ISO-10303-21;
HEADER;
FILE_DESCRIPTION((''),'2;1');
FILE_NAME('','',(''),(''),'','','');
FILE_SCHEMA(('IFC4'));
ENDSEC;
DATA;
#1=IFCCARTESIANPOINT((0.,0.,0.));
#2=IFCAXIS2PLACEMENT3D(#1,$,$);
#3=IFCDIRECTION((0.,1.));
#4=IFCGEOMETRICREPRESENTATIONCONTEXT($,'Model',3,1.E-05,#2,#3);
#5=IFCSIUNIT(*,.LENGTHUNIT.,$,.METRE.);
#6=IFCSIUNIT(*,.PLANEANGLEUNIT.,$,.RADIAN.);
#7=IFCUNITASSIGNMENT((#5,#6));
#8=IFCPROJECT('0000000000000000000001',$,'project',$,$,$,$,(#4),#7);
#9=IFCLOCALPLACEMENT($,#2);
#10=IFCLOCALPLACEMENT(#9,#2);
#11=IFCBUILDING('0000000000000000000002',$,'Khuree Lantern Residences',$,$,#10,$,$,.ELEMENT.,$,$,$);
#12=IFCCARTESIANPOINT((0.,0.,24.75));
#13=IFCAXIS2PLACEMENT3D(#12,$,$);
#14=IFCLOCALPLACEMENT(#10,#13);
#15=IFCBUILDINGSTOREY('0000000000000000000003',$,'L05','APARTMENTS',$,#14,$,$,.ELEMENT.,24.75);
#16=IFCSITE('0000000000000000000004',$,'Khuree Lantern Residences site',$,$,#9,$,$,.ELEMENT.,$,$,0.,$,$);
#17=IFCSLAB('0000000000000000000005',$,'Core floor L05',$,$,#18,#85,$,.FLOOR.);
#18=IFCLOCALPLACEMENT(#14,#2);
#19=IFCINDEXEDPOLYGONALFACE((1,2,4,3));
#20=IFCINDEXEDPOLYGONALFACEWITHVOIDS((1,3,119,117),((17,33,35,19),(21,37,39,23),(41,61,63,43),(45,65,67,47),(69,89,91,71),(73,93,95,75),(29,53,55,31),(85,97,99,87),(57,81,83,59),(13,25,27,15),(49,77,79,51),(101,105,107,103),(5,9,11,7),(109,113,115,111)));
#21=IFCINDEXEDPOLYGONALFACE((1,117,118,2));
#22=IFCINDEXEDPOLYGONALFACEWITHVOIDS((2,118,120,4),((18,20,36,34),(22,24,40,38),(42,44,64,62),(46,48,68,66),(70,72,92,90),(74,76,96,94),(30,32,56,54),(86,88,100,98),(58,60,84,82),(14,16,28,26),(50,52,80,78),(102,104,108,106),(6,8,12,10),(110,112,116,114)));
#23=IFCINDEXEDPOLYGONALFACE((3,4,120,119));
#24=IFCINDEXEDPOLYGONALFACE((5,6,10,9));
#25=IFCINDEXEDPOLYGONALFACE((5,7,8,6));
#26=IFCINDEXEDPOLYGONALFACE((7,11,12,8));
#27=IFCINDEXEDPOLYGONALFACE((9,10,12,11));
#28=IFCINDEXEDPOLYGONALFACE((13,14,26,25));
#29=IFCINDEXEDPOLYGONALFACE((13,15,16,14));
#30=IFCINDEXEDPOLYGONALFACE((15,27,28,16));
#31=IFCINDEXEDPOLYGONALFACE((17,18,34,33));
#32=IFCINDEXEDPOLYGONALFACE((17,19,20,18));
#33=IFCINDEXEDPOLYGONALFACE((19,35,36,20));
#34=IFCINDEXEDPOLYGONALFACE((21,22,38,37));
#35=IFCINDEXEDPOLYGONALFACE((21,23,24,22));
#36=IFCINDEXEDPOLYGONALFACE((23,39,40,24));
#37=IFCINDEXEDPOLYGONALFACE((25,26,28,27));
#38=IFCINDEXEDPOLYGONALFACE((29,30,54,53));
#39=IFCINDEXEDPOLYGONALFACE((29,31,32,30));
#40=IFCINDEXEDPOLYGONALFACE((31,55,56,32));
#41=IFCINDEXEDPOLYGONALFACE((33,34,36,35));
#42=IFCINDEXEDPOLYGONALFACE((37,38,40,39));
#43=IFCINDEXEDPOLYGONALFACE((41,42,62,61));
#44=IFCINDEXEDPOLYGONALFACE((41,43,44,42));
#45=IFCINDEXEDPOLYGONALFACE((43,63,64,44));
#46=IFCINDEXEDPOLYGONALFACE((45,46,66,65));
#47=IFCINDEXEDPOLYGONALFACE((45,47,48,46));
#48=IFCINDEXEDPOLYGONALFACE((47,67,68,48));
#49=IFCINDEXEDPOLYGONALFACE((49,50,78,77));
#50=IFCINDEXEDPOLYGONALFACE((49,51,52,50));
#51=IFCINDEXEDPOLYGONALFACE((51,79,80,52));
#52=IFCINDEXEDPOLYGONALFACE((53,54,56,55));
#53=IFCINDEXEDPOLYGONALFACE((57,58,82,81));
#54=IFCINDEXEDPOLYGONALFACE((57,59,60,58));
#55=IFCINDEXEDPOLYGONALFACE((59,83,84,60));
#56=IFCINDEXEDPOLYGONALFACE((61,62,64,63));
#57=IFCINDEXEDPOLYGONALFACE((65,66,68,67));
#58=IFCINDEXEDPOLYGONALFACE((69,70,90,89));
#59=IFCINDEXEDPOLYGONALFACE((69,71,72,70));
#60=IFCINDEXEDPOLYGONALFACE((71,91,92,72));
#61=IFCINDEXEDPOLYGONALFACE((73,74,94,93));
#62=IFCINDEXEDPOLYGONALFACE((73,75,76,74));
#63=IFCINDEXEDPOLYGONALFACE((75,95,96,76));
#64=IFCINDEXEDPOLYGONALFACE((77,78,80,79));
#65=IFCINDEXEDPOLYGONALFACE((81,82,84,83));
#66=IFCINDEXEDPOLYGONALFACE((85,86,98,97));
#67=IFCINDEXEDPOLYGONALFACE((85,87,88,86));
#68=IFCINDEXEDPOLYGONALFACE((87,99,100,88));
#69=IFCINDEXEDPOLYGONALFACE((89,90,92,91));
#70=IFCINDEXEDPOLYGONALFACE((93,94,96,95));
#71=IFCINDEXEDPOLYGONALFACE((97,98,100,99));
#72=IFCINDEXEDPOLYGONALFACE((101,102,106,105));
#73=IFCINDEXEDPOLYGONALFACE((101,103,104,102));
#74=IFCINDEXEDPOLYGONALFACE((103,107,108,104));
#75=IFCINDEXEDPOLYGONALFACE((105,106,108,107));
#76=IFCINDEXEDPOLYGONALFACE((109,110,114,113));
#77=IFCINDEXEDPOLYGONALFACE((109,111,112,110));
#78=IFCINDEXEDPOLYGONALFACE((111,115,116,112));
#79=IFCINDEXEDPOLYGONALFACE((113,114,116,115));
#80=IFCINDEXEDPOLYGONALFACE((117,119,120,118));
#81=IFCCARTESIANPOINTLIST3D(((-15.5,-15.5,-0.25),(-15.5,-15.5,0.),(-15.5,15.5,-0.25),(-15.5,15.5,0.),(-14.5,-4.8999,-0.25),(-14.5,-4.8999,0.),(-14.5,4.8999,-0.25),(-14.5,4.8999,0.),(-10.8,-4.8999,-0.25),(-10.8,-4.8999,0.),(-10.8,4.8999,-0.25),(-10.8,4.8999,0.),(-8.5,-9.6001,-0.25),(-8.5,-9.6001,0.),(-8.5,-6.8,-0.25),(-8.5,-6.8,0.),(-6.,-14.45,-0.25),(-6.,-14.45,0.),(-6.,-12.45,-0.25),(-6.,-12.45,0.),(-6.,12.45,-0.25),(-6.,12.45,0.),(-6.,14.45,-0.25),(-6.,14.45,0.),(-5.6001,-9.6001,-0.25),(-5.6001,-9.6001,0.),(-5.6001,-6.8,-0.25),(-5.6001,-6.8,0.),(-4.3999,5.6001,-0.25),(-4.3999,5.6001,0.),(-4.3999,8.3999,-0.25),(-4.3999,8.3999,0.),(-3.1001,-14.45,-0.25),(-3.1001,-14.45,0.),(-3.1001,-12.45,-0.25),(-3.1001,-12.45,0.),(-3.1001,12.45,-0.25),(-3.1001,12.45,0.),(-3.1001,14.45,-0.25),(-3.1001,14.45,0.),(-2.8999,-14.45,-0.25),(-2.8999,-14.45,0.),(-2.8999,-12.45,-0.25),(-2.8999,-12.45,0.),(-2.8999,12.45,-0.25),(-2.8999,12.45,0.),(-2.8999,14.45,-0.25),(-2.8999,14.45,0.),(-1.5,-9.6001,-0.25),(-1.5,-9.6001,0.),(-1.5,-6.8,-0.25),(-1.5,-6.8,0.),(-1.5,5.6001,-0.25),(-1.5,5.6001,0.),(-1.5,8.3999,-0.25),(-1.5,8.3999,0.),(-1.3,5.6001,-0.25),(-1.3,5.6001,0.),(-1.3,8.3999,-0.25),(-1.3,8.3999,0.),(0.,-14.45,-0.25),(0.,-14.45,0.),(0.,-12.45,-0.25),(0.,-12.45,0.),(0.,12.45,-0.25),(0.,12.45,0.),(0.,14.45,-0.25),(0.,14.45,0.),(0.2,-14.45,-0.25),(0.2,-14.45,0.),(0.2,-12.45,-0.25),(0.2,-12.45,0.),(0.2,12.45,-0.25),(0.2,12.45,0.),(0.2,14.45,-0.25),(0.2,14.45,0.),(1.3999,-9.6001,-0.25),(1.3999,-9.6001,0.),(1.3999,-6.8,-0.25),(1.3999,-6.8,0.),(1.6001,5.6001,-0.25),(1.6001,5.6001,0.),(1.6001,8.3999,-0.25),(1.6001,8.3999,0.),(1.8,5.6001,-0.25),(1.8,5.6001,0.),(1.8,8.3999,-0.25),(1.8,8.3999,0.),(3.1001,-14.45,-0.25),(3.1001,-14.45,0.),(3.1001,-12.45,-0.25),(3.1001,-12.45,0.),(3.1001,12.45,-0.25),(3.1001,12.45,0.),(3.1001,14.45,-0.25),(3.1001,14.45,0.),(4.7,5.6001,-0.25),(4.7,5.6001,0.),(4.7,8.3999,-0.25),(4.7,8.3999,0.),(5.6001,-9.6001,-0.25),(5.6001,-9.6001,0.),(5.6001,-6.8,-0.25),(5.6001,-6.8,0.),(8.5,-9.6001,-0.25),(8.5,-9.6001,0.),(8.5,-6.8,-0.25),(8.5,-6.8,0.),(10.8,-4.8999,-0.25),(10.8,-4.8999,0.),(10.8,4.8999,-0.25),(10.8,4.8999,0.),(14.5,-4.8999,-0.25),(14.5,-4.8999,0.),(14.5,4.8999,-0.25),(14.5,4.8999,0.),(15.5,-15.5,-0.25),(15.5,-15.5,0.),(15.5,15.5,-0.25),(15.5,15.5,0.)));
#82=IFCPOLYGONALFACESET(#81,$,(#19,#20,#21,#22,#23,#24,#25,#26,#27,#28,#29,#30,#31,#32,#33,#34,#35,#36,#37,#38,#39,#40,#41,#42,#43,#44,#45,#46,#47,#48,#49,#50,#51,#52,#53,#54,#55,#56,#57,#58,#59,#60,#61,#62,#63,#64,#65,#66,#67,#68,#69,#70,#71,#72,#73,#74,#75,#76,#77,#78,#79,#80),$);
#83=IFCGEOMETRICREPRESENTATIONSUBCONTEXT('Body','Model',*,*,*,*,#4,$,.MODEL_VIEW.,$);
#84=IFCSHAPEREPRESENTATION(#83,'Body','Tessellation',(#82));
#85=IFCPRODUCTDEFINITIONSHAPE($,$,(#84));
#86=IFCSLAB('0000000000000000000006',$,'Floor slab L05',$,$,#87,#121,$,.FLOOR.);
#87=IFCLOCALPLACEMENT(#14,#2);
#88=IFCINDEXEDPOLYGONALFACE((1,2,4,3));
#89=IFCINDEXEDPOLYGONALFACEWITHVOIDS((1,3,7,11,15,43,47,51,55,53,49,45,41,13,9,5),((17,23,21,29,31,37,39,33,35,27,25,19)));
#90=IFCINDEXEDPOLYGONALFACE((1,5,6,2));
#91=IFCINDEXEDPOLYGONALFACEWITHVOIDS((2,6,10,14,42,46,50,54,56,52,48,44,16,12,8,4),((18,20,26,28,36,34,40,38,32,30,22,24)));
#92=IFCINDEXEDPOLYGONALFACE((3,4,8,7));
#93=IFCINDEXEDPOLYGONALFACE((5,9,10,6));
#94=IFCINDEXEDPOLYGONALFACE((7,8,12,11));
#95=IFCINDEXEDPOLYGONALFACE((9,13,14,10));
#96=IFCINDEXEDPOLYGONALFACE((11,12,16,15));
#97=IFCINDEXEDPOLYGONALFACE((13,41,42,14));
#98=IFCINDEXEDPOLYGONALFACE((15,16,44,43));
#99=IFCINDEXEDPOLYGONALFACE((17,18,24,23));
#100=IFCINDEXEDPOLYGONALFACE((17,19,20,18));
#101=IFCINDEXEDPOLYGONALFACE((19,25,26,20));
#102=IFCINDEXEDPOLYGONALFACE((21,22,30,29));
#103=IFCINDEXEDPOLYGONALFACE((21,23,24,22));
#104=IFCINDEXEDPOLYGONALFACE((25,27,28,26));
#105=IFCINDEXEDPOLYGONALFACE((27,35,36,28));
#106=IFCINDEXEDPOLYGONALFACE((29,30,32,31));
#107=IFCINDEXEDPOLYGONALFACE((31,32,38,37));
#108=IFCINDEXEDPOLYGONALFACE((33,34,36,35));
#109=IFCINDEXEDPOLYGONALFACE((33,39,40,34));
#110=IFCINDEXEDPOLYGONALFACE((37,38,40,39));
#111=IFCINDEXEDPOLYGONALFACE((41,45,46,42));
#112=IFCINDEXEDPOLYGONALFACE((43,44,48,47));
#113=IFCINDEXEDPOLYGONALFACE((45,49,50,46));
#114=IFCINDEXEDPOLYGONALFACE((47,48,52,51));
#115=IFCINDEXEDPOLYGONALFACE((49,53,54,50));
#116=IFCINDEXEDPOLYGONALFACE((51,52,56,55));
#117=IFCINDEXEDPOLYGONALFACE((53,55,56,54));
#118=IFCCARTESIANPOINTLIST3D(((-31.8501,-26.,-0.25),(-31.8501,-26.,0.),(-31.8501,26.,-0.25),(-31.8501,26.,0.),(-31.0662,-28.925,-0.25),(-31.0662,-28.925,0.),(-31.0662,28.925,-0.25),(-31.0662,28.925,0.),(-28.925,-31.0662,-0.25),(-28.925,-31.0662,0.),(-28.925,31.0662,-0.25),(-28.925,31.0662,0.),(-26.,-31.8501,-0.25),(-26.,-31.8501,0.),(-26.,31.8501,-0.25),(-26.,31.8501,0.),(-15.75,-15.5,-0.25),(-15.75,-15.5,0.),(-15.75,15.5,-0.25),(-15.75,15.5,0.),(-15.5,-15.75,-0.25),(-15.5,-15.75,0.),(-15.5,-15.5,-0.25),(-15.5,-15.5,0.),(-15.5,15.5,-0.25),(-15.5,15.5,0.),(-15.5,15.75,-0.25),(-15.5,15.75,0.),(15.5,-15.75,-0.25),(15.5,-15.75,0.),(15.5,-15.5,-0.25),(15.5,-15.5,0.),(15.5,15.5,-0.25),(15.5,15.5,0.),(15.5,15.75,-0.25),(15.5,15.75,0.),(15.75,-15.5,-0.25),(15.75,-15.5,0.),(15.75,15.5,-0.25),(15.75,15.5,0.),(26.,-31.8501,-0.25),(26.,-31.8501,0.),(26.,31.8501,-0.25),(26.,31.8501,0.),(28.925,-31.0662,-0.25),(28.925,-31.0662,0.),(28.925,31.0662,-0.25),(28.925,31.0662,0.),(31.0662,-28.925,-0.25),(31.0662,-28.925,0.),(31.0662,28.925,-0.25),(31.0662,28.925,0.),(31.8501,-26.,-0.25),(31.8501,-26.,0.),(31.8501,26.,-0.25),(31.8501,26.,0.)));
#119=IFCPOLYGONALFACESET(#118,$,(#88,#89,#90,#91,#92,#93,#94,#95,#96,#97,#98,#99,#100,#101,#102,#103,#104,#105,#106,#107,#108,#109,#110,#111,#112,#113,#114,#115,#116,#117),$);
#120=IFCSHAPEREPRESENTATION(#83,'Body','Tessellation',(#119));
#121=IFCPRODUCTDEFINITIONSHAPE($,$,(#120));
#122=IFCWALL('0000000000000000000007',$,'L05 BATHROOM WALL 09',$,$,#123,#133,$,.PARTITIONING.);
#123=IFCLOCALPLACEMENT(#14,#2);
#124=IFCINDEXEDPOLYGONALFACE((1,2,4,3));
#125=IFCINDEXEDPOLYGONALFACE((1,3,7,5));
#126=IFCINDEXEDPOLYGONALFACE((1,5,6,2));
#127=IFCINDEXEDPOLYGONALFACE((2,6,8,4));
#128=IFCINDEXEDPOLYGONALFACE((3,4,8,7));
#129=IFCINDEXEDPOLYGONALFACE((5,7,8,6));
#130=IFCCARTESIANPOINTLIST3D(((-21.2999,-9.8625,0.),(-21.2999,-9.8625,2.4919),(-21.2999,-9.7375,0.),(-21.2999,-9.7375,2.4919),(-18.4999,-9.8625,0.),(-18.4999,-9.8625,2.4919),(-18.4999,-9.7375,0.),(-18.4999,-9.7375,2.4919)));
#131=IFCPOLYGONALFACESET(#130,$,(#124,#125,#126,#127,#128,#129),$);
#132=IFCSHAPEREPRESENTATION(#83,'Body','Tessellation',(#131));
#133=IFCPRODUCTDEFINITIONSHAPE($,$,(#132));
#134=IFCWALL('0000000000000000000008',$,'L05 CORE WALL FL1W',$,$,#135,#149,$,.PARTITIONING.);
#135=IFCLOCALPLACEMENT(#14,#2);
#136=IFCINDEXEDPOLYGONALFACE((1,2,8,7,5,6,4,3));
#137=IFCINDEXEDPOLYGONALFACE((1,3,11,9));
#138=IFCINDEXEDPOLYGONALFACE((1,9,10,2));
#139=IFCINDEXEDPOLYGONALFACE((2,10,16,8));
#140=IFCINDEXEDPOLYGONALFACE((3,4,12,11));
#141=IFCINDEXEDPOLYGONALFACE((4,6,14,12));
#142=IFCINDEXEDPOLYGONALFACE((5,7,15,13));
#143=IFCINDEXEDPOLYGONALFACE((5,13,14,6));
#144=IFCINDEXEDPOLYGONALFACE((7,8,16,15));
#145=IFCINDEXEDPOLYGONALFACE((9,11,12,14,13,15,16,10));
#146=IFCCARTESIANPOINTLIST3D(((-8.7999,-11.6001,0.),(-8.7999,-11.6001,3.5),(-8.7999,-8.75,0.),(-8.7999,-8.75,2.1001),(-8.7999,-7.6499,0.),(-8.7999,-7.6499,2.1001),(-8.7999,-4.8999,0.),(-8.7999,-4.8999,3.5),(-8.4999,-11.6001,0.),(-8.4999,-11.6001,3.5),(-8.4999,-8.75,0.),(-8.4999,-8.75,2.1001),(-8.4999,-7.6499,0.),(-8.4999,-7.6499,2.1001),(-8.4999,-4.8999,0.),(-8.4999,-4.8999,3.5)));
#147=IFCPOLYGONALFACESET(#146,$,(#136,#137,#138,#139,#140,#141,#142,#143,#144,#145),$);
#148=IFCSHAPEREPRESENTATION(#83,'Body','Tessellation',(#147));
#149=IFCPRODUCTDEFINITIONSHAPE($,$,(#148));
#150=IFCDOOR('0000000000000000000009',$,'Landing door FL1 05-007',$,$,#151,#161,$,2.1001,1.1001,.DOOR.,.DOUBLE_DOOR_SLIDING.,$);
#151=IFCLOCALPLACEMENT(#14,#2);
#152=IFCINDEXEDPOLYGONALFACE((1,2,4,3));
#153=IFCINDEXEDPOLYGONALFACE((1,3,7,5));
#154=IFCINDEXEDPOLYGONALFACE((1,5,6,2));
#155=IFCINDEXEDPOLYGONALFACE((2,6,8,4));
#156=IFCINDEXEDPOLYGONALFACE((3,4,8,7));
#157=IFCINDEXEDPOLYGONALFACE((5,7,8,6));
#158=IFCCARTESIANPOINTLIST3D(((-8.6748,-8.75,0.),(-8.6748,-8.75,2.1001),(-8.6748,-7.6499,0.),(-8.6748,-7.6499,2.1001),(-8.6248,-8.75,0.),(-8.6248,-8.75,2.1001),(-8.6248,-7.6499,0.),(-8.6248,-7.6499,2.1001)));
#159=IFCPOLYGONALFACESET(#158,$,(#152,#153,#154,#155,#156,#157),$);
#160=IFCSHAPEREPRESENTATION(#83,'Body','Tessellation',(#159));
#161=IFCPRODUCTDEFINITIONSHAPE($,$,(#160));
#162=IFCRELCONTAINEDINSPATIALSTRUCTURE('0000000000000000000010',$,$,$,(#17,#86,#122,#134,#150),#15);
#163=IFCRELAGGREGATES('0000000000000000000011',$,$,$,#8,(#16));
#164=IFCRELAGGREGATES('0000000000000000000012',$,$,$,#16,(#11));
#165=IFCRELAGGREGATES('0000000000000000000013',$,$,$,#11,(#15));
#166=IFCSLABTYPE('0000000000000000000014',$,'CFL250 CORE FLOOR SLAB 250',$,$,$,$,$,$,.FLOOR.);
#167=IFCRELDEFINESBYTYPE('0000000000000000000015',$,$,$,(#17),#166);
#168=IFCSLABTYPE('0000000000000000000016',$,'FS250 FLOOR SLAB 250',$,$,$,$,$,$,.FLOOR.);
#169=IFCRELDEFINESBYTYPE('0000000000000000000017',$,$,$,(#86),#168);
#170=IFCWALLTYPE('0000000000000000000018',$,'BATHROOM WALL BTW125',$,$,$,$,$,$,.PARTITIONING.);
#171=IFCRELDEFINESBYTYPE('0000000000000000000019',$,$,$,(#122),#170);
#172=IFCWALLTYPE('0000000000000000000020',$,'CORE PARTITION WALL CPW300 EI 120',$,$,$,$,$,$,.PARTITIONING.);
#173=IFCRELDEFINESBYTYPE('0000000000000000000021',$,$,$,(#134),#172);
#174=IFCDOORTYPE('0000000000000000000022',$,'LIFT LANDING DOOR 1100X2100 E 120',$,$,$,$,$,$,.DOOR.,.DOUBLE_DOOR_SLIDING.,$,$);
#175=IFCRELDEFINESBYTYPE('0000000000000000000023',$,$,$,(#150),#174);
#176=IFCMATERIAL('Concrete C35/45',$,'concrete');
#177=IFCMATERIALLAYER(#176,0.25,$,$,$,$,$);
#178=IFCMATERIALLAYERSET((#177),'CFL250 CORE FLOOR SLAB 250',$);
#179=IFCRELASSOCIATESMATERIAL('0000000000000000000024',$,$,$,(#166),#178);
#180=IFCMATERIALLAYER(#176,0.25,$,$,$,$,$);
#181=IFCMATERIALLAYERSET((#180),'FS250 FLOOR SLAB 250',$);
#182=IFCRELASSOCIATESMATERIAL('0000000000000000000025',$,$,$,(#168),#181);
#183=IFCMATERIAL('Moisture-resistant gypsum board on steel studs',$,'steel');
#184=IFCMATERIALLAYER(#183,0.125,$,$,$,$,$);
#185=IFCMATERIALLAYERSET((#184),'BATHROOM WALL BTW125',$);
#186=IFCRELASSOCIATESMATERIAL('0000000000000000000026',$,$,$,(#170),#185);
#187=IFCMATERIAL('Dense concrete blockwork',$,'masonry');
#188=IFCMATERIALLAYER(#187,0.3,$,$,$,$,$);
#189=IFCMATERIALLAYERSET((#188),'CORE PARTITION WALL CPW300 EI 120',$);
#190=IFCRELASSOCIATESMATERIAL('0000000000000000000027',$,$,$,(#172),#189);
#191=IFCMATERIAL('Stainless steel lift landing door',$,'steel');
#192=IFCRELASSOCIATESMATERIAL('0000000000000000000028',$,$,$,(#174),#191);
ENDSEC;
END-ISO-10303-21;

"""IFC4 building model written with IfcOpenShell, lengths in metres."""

from ifc_helpers import new_model, si_unit, direction, frame, frame_2d, origin, place, context, subcontext, project, spatial, polyline, rectangle, outline, extrude, material, layer, layer_set, type_object, element, fill, save


model = new_model("IFC4")

# Units and contexts
model_context = context("Model", 3, precision=1e-05, world=origin(), true_north=direction((0.0, 1.0)))
body_context = subcontext(model_context, "Body", "Model", "MODEL_VIEW")
ifc_project = project(units=[si_unit("LENGTHUNIT", "METRE"), si_unit("PLANEANGLEUNIT", "RADIAN")], contexts=[model_context])

# Site, building, storey
site_placement = place(None, origin())
site = spatial("IfcSite", under=ifc_project, at=site_placement, Name="Khuree Lantern Residences site", CompositionType="ELEMENT", RefElevation=0.0)
building_placement = place(site_placement, origin())
building = spatial("IfcBuilding", under=site, at=building_placement, Name="Khuree Lantern Residences", CompositionType="ELEMENT")
storey_placement = place(building_placement, frame((0.0, 0.0, 24.75)))
storey = spatial("IfcBuildingStorey", under=building, at=storey_placement, Name="L05", Description="APARTMENTS", CompositionType="ELEMENT", Elevation=24.75)

# Slabs
ifc_material_1 = material(Name="Concrete C35/45", Category="concrete")
ifc_layer_1 = layer(ifc_material_1, 0.25)
ifc_layer_set_1 = layer_set([ifc_layer_1], Name="CFL250 CORE FLOOR SLAB 250")
slab_type_1 = type_object("IfcSlabType", Name="CFL250 CORE FLOOR SLAB 250", PredefinedType="FLOOR", material=ifc_layer_set_1)
slab_1_placement = place(storey_placement, frame((0.0, 0.0, -0.25)))
element("IfcSlab", 1, at=slab_1_placement, inside=storey, type_object=slab_type_1, Name="Core floor L05", PredefinedType="FLOOR", context=body_context, shape_type="SweptSolid", body=[
    extrude(outline(polyline([(-15.5, -15.5), (-15.5, 15.5), (15.5, 15.5), (15.5, -15.5), (-15.5, -15.5)]), holes=[polyline([(14.5, 4.8999), (10.8, 4.8999), (10.8, -4.8999), (14.5, -4.8999), (14.5, 4.8999)]), polyline([(8.5, -6.8), (5.6001, -6.8), (5.6001, -9.6001), (8.5, -9.6001), (8.5, -6.8)]), polyline([(4.7, 8.3999), (1.8, 8.3999), (1.8, 5.6001), (4.7, 5.6001), (4.7, 8.3999)]), polyline([(0.2, -12.45), (0.2, -14.45), (3.1001, -14.45), (3.1001, -12.45), (0.2, -12.45)]), polyline([(3.1001, 14.45), (0.2, 14.45), (0.2, 12.45), (3.1001, 12.45), (3.1001, 14.45)]), polyline([(1.6001, 8.3999), (-1.3, 8.3999), (-1.3, 5.6001), (1.6001, 5.6001), (1.6001, 8.3999)]), polyline([(1.3999, -6.8), (-1.5, -6.8), (-1.5, -9.6001), (1.3999, -9.6001), (1.3999, -6.8)]), polyline([(0.0, -12.45), (-2.8999, -12.45), (-2.8999, -14.45), (0.0, -14.45), (0.0, -12.45)]), polyline([(0.0, 14.45), (-2.8999, 14.45), (-2.8999, 12.45), (0.0, 12.45), (0.0, 14.45)]), polyline([(-1.5, 8.3999), (-4.3999, 8.3999), (-4.3999, 5.6001), (-1.5, 5.6001), (-1.5, 8.3999)]), polyline([(-6.0, -12.45), (-6.0, -14.45), (-3.1001, -14.45), (-3.1001, -12.45), (-6.0, -12.45)]), polyline([(-3.1001, 14.45), (-6.0, 14.45), (-6.0, 12.45), (-3.1001, 12.45), (-3.1001, 14.45)]), polyline([(-5.6001, -6.8), (-8.5, -6.8), (-8.5, -9.6001), (-5.6001, -9.6001), (-5.6001, -6.8)]), polyline([(-10.8, 4.8999), (-14.5, 4.8999), (-14.5, -4.8999), (-10.8, -4.8999), (-10.8, 4.8999)])]), origin(), (0.0, 0.0, 1.0), 0.25),
])
ifc_layer_2 = layer(ifc_material_1, 0.25)
ifc_layer_set_2 = layer_set([ifc_layer_2], Name="FS250 FLOOR SLAB 250")
slab_type_2 = type_object("IfcSlabType", Name="FS250 FLOOR SLAB 250", PredefinedType="FLOOR", material=ifc_layer_set_2)
slab_2_placement = place(storey_placement, frame((0.0, 0.0, -0.25)))
element("IfcSlab", 2, at=slab_2_placement, inside=storey, type_object=slab_type_2, Name="Floor slab L05", PredefinedType="FLOOR", context=body_context, shape_type="SweptSolid", body=[
    extrude(outline(polyline([(-28.925, -31.0662), (-31.0662, -28.925), (-31.8501, -26.0), (-31.8501, 26.0), (-31.0662, 28.925), (-28.925, 31.0662), (-26.0, 31.8501), (26.0, 31.8501), (28.925, 31.0662), (31.0662, 28.925), (31.8501, 26.0), (31.8501, -26.0), (31.0662, -28.925), (28.925, -31.0662), (26.0, -31.8501), (-26.0, -31.8501), (-28.925, -31.0662)]), holes=[polyline([(15.75, 15.5), (15.5, 15.5), (15.5, 15.75), (-15.5, 15.75), (-15.5, 15.5), (-15.75, 15.5), (-15.75, -15.5), (-15.5, -15.5), (-15.5, -15.75), (15.5, -15.75), (15.5, -15.5), (15.75, -15.5), (15.75, 15.5)])]), origin(), (0.0, 0.0, 1.0), 0.25),
])

# Wall
ifc_material_2 = material(Name="Moisture-resistant gypsum board on steel studs", Category="steel")
ifc_layer_3 = layer(ifc_material_2, 0.125)
ifc_layer_set_3 = layer_set([ifc_layer_3], Name="BATHROOM WALL BTW125")
wall_type_1 = type_object("IfcWallType", Name="BATHROOM WALL BTW125", PredefinedType="PARTITIONING", material=ifc_layer_set_3)
wall_1_placement = place(storey_placement, frame((-18.5, -9.8, 0.0), z_axis=(0.0, 0.0, 1.0), x_axis=(-1.0, 0.0, 0.0)))
element("IfcWall", 3, at=wall_1_placement, inside=storey, type_object=wall_type_1, Name="L05 BATHROOM WALL 09", PredefinedType="PARTITIONING", context=body_context, shape_type="SweptSolid", body=[
    extrude(rectangle(XDim=2.8, YDim=0.125, at=frame_2d((1.3999, 0.0))), origin(), (0.0, 0.0, 1.0), 2.4919),
])

# Wall, opening, door
ifc_material_3 = material(Name="Dense concrete blockwork", Category="masonry")
ifc_layer_4 = layer(ifc_material_3, 0.3)
ifc_layer_set_4 = layer_set([ifc_layer_4], Name="CORE PARTITION WALL CPW300 EI 120")
wall_type_2 = type_object("IfcWallType", Name="CORE PARTITION WALL CPW300 EI 120", PredefinedType="PARTITIONING", material=ifc_layer_set_4)
wall_2_placement = place(storey_placement, frame((-8.6499, -11.6001, 0.0), z_axis=(0.0, 0.0, 1.0), x_axis=(0.0, 1.0, 0.0)))
wall_2 = element("IfcWall", 4, at=wall_2_placement, inside=storey, type_object=wall_type_2, Name="L05 CORE WALL FL1W", PredefinedType="PARTITIONING", context=body_context, shape_type="SweptSolid", body=[
    extrude(rectangle(XDim=6.7002, YDim=0.3, at=frame_2d((3.3501, 0.0))), origin(), (0.0, 0.0, 1.0), 3.5),
])
opening_1_placement = place(wall_2_placement, frame((2.8501, 0.0, 0.0)))
opening_1 = element("IfcOpeningElement", 5, at=opening_1_placement, cuts=wall_2, PredefinedType="OPENING", context=body_context, shape_type="SweptSolid", body=[
    extrude(rectangle(XDim=1.1001, YDim=2.1001, at=frame_2d((0.55, 1.05))), frame((0.0, 0.1602, 0.0), z_axis=(0.0, -1.0, 0.0), x_axis=(1.0, 0.0, 0.0)), (0.0, 0.0, 1.0), 0.3201),
])
ifc_material_4 = material(Name="Stainless steel lift landing door", Category="steel")
door_type_1 = type_object("IfcDoorType", Name="LIFT LANDING DOOR 1100X2100 E 120", OperationType="DOUBLE_DOOR_SLIDING", PredefinedType="DOOR", material=ifc_material_4)
door_1_placement = place(opening_1_placement, origin())
door_1 = element("IfcDoor", 6, at=door_1_placement, inside=storey, type_object=door_type_1, Name="Landing door FL1 05-007", OperationType="DOUBLE_DOOR_SLIDING", OverallHeight=2.1001, OverallWidth=1.1001, PredefinedType="DOOR", context=body_context, shape_type="SweptSolid", body=[
    extrude(rectangle(XDim=1.1001, YDim=2.1001, at=frame_2d((0.55, 1.05))), frame((0.0, 0.0249, 0.0), z_axis=(0.0, -1.0, 0.0), x_axis=(1.0, 0.0, 0.0)), (0.0, 0.0, 1.0), 0.05),
])
fill(opening_1, door_1)

save(model, "model.ifc")
